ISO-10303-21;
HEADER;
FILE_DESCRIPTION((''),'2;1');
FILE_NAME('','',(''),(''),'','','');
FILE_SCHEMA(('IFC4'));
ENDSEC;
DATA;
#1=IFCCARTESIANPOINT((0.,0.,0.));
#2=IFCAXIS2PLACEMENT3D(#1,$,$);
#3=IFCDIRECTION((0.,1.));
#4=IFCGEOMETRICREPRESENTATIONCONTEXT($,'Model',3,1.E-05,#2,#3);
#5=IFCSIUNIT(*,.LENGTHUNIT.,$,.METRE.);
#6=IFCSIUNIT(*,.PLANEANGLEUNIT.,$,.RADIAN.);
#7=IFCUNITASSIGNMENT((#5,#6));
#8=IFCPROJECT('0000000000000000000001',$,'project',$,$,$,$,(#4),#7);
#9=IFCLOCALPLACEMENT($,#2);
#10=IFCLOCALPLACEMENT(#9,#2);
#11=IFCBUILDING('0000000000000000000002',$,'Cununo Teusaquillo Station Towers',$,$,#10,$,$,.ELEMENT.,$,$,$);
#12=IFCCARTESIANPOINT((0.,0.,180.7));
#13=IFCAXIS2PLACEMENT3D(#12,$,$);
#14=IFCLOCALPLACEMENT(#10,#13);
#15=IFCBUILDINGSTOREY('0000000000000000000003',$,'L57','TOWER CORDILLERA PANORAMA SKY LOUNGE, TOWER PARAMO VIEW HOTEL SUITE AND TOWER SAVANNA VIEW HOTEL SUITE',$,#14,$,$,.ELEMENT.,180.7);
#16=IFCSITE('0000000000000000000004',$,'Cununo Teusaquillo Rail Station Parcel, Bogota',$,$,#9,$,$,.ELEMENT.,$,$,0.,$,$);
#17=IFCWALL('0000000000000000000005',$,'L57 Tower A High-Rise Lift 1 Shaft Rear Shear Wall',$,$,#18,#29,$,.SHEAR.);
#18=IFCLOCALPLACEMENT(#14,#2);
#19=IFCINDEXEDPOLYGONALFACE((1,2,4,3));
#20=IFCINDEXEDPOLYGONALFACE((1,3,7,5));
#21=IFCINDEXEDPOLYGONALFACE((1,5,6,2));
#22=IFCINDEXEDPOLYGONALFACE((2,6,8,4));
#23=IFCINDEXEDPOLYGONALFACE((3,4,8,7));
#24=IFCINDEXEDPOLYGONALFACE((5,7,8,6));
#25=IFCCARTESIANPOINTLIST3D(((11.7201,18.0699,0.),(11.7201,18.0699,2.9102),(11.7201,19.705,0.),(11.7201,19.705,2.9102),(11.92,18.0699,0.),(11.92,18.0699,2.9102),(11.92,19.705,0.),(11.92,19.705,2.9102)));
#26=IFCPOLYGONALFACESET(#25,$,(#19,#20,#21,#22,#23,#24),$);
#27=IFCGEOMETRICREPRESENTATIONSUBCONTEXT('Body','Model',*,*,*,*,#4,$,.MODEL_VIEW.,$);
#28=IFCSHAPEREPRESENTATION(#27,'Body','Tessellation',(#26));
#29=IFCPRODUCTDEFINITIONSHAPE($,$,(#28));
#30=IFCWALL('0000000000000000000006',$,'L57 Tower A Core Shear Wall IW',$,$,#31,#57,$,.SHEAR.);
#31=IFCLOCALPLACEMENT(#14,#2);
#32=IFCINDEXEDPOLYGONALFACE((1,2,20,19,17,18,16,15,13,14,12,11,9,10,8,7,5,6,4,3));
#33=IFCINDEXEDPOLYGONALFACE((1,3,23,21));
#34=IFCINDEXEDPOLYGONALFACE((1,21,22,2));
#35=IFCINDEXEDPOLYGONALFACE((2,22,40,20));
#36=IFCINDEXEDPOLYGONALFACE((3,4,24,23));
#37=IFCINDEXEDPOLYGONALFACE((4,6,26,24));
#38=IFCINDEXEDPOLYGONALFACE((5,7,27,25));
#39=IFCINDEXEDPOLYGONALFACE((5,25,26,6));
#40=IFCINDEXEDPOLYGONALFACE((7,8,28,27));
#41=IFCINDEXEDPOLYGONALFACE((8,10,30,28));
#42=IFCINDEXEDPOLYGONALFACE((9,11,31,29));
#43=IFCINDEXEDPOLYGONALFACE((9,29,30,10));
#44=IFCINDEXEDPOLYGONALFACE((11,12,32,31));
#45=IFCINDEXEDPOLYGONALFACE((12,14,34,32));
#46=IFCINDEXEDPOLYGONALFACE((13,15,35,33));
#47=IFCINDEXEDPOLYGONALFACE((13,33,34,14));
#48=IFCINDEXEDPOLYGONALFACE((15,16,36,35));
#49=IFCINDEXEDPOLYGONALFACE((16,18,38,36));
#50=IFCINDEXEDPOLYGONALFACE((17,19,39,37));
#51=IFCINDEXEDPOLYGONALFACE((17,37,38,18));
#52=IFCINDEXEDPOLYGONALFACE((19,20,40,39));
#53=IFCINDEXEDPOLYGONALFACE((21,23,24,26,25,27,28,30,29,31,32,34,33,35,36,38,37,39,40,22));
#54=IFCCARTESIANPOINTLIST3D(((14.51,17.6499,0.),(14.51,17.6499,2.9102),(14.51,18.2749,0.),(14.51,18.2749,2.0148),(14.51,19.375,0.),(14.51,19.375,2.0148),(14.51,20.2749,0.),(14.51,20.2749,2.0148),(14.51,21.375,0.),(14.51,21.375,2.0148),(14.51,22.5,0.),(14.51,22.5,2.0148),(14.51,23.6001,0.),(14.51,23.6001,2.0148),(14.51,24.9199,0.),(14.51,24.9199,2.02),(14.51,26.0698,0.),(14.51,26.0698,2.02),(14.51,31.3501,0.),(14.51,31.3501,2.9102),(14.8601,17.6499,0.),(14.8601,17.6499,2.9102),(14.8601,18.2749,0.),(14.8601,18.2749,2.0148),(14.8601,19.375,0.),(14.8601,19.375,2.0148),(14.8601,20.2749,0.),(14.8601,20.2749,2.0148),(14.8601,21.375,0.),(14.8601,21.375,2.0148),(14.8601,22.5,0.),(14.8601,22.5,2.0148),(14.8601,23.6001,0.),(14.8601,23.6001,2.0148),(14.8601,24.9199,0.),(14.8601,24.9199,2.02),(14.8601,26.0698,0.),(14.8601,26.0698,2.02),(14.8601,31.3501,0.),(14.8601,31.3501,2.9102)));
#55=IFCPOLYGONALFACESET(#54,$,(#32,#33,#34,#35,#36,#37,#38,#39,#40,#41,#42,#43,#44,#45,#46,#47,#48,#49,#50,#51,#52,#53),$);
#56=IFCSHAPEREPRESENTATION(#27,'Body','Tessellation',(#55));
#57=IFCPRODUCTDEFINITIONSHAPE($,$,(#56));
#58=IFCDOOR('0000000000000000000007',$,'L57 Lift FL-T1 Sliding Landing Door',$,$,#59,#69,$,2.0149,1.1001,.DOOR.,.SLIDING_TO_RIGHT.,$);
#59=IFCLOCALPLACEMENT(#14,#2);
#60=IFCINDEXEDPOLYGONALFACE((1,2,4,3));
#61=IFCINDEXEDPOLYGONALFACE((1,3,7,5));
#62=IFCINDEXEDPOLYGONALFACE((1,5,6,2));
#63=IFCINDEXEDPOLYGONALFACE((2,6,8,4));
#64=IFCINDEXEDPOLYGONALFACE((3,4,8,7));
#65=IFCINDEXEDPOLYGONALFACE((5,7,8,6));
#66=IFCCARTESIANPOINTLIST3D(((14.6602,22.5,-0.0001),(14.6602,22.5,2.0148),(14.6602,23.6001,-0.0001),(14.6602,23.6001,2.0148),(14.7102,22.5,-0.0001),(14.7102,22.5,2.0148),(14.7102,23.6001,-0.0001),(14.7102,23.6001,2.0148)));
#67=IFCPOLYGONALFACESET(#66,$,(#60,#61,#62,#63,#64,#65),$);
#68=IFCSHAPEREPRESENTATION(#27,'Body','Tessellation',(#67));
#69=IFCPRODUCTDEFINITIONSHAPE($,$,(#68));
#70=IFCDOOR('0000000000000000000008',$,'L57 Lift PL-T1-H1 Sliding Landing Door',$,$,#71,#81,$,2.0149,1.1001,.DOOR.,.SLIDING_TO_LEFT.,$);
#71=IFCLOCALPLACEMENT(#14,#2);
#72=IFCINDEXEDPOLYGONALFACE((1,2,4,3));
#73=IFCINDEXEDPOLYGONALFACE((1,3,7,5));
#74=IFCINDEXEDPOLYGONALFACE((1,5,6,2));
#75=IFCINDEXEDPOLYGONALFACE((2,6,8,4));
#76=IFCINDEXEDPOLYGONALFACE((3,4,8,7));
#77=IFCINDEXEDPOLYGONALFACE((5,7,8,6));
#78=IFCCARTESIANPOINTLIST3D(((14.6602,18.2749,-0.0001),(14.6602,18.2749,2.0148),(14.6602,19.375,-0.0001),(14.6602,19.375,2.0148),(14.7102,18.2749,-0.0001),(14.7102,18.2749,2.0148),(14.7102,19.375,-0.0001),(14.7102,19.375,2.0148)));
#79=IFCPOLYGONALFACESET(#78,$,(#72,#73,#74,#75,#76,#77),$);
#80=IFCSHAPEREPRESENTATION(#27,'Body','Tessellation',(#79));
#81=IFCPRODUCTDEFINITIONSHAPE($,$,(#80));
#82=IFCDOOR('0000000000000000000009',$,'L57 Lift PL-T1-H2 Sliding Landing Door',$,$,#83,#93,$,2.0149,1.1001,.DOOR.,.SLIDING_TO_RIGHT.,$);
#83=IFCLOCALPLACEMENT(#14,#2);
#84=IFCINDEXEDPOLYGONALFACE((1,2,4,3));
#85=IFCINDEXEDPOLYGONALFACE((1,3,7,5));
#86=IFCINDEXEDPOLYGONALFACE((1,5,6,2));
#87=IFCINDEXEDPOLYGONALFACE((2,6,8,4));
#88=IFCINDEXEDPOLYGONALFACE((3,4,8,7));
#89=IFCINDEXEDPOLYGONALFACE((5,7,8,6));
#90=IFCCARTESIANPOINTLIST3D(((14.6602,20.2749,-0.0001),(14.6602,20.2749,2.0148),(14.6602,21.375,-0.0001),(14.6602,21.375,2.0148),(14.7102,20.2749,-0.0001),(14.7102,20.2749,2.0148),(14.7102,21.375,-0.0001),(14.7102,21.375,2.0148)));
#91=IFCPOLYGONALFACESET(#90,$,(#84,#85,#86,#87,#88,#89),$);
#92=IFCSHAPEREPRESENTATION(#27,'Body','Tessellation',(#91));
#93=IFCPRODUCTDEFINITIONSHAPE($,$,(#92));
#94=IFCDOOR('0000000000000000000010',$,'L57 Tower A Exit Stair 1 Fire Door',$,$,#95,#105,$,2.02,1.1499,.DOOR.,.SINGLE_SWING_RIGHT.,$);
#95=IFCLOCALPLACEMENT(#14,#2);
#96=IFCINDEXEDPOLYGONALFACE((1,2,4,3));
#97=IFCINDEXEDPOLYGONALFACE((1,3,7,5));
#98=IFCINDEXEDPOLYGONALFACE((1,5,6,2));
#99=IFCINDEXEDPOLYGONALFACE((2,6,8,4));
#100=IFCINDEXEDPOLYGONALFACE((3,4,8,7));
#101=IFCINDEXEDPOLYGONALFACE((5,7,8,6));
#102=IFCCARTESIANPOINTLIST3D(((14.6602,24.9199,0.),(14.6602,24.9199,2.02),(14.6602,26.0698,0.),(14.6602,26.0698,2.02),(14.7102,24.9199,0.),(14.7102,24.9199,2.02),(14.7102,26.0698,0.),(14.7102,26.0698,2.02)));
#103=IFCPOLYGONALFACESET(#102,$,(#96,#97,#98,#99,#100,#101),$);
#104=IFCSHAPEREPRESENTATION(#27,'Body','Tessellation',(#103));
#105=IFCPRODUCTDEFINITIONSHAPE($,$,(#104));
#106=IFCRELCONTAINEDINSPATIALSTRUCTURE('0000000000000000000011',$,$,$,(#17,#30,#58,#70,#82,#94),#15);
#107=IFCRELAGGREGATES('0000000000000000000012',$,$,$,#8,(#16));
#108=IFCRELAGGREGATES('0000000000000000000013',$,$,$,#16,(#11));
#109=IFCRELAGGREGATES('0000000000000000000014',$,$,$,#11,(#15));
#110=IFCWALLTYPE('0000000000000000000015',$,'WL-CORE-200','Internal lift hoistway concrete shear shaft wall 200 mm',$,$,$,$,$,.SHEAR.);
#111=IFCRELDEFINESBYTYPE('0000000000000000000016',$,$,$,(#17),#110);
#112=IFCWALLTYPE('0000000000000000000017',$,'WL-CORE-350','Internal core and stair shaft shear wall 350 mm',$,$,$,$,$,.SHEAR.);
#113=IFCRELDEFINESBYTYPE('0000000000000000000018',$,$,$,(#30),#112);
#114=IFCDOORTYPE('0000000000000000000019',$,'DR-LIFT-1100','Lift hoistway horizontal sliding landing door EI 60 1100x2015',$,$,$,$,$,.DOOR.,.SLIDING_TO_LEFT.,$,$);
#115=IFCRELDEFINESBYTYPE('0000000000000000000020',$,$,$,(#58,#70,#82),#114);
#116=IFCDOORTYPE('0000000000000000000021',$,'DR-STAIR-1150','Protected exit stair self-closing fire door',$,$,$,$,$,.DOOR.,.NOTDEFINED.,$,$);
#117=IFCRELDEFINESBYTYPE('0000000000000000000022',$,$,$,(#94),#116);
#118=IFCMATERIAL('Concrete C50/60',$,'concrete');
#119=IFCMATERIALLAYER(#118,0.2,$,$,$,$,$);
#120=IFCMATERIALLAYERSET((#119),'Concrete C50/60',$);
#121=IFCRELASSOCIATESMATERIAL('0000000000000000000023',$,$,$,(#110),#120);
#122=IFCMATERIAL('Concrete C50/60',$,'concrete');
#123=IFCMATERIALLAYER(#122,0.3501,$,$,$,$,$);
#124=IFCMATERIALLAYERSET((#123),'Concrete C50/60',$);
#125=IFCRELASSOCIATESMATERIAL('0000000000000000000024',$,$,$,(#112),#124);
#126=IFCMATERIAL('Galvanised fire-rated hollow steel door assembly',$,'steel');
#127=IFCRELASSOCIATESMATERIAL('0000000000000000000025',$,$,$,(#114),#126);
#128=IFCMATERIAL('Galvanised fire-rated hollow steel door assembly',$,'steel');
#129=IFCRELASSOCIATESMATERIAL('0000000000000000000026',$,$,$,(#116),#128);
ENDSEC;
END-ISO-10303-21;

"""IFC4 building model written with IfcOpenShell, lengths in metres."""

from ifc_helpers import new_model, si_unit, direction, frame, frame_2d, origin, place, context, subcontext, project, spatial, rectangle, extrude, source, transform, mapped, material, layer, layer_set, type_object, element, fill, save


model = new_model("IFC4")

# Units and contexts
model_context = context("Model", 3, precision=1e-05, world=origin(), true_north=direction((0.0, 1.0)))
body_context = subcontext(model_context, "Body", "Model", "MODEL_VIEW")
ifc_project = project(units=[si_unit("LENGTHUNIT", "METRE"), si_unit("PLANEANGLEUNIT", "RADIAN")], contexts=[model_context])

# Site, building, storey
site_placement = place(None, origin())
site = spatial("IfcSite", under=ifc_project, at=site_placement, Name="Cununo Teusaquillo Rail Station Parcel, Bogota", CompositionType="ELEMENT", RefElevation=0.0)
building_placement = place(site_placement, origin())
building = spatial("IfcBuilding", under=site, at=building_placement, Name="Cununo Teusaquillo Station Towers", CompositionType="ELEMENT")
storey_placement = place(building_placement, frame((0.0, 0.0, 180.7)))
storey = spatial("IfcBuildingStorey", under=building, at=storey_placement, Name="L57", Description="TOWER CORDILLERA PANORAMA SKY LOUNGE, TOWER PARAMO VIEW HOTEL SUITE AND TOWER SAVANNA VIEW HOTEL SUITE", CompositionType="ELEMENT", Elevation=180.7)

# Wall
ifc_material_1 = material(Name="Concrete C50/60", Category="concrete")
ifc_layer_1 = layer(ifc_material_1, 0.2)
ifc_layer_set_1 = layer_set([ifc_layer_1], Name="Concrete C50/60")
wall_type_1 = type_object("IfcWallType", Name="WL-CORE-200", Description="Internal lift hoistway concrete shear shaft wall 200 mm", PredefinedType="SHEAR", material=ifc_layer_set_1)
wall_1_placement = place(storey_placement, frame((11.8201, 18.0701, 0.0), z_axis=(0.0, 0.0, 1.0), x_axis=(0.0, 1.0, 0.0)))
element("IfcWall", 1, at=wall_1_placement, inside=storey, type_object=wall_type_1, Name="L57 Tower A High-Rise Lift 1 Shaft Rear Shear Wall", PredefinedType="SHEAR", context=body_context, shape_type="SweptSolid", body=[
    extrude(rectangle(XDim=1.635, YDim=0.2, at=frame_2d((0.8174, 0.0))), origin(), (0.0, 0.0, 1.0), 2.9102),
])

# Wall, openings, doors
ifc_material_2 = material(Name="Concrete C50/60", Category="concrete")
ifc_layer_2 = layer(ifc_material_2, 0.3501)
ifc_layer_set_2 = layer_set([ifc_layer_2], Name="Concrete C50/60")
wall_type_2 = type_object("IfcWallType", Name="WL-CORE-350", Description="Internal core and stair shaft shear wall 350 mm", PredefinedType="SHEAR", material=ifc_layer_set_2)
wall_2_placement = place(storey_placement, frame((14.6851, 17.6499, 0.0), z_axis=(0.0, 0.0, 1.0), x_axis=(0.0, 1.0, 0.0)))
wall_2 = element("IfcWall", 2, at=wall_2_placement, inside=storey, type_object=wall_type_2, Name="L57 Tower A Core Shear Wall IW", PredefinedType="SHEAR", context=body_context, shape_type="SweptSolid", body=[
    extrude(rectangle(XDim=13.7002, YDim=0.3501, at=frame_2d((6.8501, 0.0))), origin(), (0.0, 0.0, 1.0), 2.9102),
])
shared_shape_1 = source(origin(), body_context, "Body", "SweptSolid", [
    extrude(rectangle(XDim=1.1001, YDim=2.0149, at=frame_2d((0.55, 1.0073))), frame((0.0, 0.1851, 0.0), z_axis=(0.0, -1.0, 0.0), x_axis=(1.0, 0.0, 0.0)), (0.0, 0.0, 1.0), 0.3701),
])
opening_1_placement = place(wall_2_placement, frame((4.8501, 0.0, 0.0)))
opening_1 = element("IfcOpeningElement", 3, at=opening_1_placement, cuts=wall_2, PredefinedType="OPENING", context=body_context, shape_type="MappedRepresentation", body=[
    mapped(shared_shape_1, transform((0.0, 0.0, 0.0), x_axis=(1.0, 0.0, 0.0), y_axis=(0.0, 1.0, 0.0), z_axis=(0.0, 0.0, 1.0), scale=1.0)),
])
opening_2_placement = place(wall_2_placement, frame((0.625, 0.0, 0.0)))
opening_2 = element("IfcOpeningElement", 4, at=opening_2_placement, cuts=wall_2, PredefinedType="OPENING", context=body_context, shape_type="MappedRepresentation", body=[
    mapped(shared_shape_1, transform((0.0, 0.0, 0.0), x_axis=(1.0, 0.0, 0.0), y_axis=(0.0, 1.0, 0.0), z_axis=(0.0, 0.0, 1.0), scale=1.0)),
])
opening_3_placement = place(wall_2_placement, frame((2.625, 0.0, 0.0)))
opening_3 = element("IfcOpeningElement", 5, at=opening_3_placement, cuts=wall_2, PredefinedType="OPENING", context=body_context, shape_type="MappedRepresentation", body=[
    mapped(shared_shape_1, transform((0.0, 0.0, 0.0), x_axis=(1.0, 0.0, 0.0), y_axis=(0.0, 1.0, 0.0), z_axis=(0.0, 0.0, 1.0), scale=1.0)),
])
shared_shape_2 = source(origin(), body_context, "Body", "SweptSolid", [
    extrude(rectangle(XDim=1.1499, YDim=2.02, at=frame_2d((0.575, 1.01))), frame((0.0, 0.1851, 0.0), z_axis=(0.0, -1.0, 0.0), x_axis=(1.0, 0.0, 0.0)), (0.0, 0.0, 1.0), 0.3701),
])
opening_4_placement = place(wall_2_placement, frame((7.27, 0.0, 0.0)))
opening_4 = element("IfcOpeningElement", 6, at=opening_4_placement, cuts=wall_2, PredefinedType="OPENING", context=body_context, shape_type="MappedRepresentation", body=[
    mapped(shared_shape_2, transform((0.0, 0.0, 0.0), x_axis=(1.0, 0.0, 0.0), y_axis=(0.0, 1.0, 0.0), z_axis=(0.0, 0.0, 1.0), scale=1.0)),
])
ifc_material_3 = material(Name="Galvanised fire-rated hollow steel door assembly", Category="steel")
door_type_1 = type_object("IfcDoorType", Name="DR-LIFT-1100", Description="Lift hoistway horizontal sliding landing door EI 60 1100x2015", OperationType="SLIDING_TO_LEFT", PredefinedType="DOOR", material=ifc_material_3)
shared_shape_3 = source(origin(), body_context, "Body", "SweptSolid", [
    extrude(rectangle(XDim=1.1001, YDim=2.0149, at=frame_2d((0.55, 1.0073))), frame((0.0, 0.0249, 0.0), z_axis=(0.0, -1.0, 0.0), x_axis=(1.0, 0.0, 0.0)), (0.0, 0.0, 1.0), 0.05),
])
door_1_placement = place(opening_1_placement, origin())
door_1 = element("IfcDoor", 7, at=door_1_placement, inside=storey, type_object=door_type_1, Name="L57 Lift FL-T1 Sliding Landing Door", OperationType="SLIDING_TO_RIGHT", OverallHeight=2.0149, OverallWidth=1.1001, PredefinedType="DOOR", context=body_context, shape_type="MappedRepresentation", body=[
    mapped(shared_shape_3, transform((0.0, 0.0, 0.0), x_axis=(1.0, 0.0, 0.0), y_axis=(0.0, 1.0, 0.0), z_axis=(0.0, 0.0, 1.0), scale=1.0)),
])
fill(opening_1, door_1)
door_2_placement = place(opening_2_placement, origin())
door_2 = element("IfcDoor", 8, at=door_2_placement, inside=storey, type_object=door_type_1, Name="L57 Lift PL-T1-H1 Sliding Landing Door", OperationType="SLIDING_TO_LEFT", OverallHeight=2.0149, OverallWidth=1.1001, PredefinedType="DOOR", context=body_context, shape_type="MappedRepresentation", body=[
    mapped(shared_shape_3, transform((0.0, 0.0, 0.0), x_axis=(1.0, 0.0, 0.0), y_axis=(0.0, 1.0, 0.0), z_axis=(0.0, 0.0, 1.0), scale=1.0)),
])
fill(opening_2, door_2)
door_3_placement = place(opening_3_placement, origin())
door_3 = element("IfcDoor", 9, at=door_3_placement, inside=storey, type_object=door_type_1, Name="L57 Lift PL-T1-H2 Sliding Landing Door", OperationType="SLIDING_TO_RIGHT", OverallHeight=2.0149, OverallWidth=1.1001, PredefinedType="DOOR", context=body_context, shape_type="MappedRepresentation", body=[
    mapped(shared_shape_3, transform((0.0, 0.0, 0.0), x_axis=(1.0, 0.0, 0.0), y_axis=(0.0, 1.0, 0.0), z_axis=(0.0, 0.0, 1.0), scale=1.0)),
])
fill(opening_3, door_3)
ifc_material_4 = material(Name="Galvanised fire-rated hollow steel door assembly", Category="steel")
door_type_2 = type_object("IfcDoorType", Name="DR-STAIR-1150", Description="Protected exit stair self-closing fire door", OperationType="NOTDEFINED", PredefinedType="DOOR", material=ifc_material_4)
shared_shape_4 = source(origin(), body_context, "Body", "SweptSolid", [
    extrude(rectangle(XDim=1.1499, YDim=2.02, at=frame_2d((0.575, 1.01))), frame((0.0, 0.0249, 0.0), z_axis=(0.0, -1.0, 0.0), x_axis=(1.0, 0.0, 0.0)), (0.0, 0.0, 1.0), 0.05),
])
door_4_placement = place(opening_4_placement, origin())
door_4 = element("IfcDoor", 10, at=door_4_placement, inside=storey, type_object=door_type_2, Name="L57 Tower A Exit Stair 1 Fire Door", OperationType="SINGLE_SWING_RIGHT", OverallHeight=2.02, OverallWidth=1.1499, PredefinedType="DOOR", context=body_context, shape_type="MappedRepresentation", body=[
    mapped(shared_shape_4, transform((0.0, 0.0, 0.0), x_axis=(1.0, 0.0, 0.0), y_axis=(0.0, 1.0, 0.0), z_axis=(0.0, 0.0, 1.0), scale=1.0)),
])
fill(opening_4, door_4)

save(model, "model.ifc")
